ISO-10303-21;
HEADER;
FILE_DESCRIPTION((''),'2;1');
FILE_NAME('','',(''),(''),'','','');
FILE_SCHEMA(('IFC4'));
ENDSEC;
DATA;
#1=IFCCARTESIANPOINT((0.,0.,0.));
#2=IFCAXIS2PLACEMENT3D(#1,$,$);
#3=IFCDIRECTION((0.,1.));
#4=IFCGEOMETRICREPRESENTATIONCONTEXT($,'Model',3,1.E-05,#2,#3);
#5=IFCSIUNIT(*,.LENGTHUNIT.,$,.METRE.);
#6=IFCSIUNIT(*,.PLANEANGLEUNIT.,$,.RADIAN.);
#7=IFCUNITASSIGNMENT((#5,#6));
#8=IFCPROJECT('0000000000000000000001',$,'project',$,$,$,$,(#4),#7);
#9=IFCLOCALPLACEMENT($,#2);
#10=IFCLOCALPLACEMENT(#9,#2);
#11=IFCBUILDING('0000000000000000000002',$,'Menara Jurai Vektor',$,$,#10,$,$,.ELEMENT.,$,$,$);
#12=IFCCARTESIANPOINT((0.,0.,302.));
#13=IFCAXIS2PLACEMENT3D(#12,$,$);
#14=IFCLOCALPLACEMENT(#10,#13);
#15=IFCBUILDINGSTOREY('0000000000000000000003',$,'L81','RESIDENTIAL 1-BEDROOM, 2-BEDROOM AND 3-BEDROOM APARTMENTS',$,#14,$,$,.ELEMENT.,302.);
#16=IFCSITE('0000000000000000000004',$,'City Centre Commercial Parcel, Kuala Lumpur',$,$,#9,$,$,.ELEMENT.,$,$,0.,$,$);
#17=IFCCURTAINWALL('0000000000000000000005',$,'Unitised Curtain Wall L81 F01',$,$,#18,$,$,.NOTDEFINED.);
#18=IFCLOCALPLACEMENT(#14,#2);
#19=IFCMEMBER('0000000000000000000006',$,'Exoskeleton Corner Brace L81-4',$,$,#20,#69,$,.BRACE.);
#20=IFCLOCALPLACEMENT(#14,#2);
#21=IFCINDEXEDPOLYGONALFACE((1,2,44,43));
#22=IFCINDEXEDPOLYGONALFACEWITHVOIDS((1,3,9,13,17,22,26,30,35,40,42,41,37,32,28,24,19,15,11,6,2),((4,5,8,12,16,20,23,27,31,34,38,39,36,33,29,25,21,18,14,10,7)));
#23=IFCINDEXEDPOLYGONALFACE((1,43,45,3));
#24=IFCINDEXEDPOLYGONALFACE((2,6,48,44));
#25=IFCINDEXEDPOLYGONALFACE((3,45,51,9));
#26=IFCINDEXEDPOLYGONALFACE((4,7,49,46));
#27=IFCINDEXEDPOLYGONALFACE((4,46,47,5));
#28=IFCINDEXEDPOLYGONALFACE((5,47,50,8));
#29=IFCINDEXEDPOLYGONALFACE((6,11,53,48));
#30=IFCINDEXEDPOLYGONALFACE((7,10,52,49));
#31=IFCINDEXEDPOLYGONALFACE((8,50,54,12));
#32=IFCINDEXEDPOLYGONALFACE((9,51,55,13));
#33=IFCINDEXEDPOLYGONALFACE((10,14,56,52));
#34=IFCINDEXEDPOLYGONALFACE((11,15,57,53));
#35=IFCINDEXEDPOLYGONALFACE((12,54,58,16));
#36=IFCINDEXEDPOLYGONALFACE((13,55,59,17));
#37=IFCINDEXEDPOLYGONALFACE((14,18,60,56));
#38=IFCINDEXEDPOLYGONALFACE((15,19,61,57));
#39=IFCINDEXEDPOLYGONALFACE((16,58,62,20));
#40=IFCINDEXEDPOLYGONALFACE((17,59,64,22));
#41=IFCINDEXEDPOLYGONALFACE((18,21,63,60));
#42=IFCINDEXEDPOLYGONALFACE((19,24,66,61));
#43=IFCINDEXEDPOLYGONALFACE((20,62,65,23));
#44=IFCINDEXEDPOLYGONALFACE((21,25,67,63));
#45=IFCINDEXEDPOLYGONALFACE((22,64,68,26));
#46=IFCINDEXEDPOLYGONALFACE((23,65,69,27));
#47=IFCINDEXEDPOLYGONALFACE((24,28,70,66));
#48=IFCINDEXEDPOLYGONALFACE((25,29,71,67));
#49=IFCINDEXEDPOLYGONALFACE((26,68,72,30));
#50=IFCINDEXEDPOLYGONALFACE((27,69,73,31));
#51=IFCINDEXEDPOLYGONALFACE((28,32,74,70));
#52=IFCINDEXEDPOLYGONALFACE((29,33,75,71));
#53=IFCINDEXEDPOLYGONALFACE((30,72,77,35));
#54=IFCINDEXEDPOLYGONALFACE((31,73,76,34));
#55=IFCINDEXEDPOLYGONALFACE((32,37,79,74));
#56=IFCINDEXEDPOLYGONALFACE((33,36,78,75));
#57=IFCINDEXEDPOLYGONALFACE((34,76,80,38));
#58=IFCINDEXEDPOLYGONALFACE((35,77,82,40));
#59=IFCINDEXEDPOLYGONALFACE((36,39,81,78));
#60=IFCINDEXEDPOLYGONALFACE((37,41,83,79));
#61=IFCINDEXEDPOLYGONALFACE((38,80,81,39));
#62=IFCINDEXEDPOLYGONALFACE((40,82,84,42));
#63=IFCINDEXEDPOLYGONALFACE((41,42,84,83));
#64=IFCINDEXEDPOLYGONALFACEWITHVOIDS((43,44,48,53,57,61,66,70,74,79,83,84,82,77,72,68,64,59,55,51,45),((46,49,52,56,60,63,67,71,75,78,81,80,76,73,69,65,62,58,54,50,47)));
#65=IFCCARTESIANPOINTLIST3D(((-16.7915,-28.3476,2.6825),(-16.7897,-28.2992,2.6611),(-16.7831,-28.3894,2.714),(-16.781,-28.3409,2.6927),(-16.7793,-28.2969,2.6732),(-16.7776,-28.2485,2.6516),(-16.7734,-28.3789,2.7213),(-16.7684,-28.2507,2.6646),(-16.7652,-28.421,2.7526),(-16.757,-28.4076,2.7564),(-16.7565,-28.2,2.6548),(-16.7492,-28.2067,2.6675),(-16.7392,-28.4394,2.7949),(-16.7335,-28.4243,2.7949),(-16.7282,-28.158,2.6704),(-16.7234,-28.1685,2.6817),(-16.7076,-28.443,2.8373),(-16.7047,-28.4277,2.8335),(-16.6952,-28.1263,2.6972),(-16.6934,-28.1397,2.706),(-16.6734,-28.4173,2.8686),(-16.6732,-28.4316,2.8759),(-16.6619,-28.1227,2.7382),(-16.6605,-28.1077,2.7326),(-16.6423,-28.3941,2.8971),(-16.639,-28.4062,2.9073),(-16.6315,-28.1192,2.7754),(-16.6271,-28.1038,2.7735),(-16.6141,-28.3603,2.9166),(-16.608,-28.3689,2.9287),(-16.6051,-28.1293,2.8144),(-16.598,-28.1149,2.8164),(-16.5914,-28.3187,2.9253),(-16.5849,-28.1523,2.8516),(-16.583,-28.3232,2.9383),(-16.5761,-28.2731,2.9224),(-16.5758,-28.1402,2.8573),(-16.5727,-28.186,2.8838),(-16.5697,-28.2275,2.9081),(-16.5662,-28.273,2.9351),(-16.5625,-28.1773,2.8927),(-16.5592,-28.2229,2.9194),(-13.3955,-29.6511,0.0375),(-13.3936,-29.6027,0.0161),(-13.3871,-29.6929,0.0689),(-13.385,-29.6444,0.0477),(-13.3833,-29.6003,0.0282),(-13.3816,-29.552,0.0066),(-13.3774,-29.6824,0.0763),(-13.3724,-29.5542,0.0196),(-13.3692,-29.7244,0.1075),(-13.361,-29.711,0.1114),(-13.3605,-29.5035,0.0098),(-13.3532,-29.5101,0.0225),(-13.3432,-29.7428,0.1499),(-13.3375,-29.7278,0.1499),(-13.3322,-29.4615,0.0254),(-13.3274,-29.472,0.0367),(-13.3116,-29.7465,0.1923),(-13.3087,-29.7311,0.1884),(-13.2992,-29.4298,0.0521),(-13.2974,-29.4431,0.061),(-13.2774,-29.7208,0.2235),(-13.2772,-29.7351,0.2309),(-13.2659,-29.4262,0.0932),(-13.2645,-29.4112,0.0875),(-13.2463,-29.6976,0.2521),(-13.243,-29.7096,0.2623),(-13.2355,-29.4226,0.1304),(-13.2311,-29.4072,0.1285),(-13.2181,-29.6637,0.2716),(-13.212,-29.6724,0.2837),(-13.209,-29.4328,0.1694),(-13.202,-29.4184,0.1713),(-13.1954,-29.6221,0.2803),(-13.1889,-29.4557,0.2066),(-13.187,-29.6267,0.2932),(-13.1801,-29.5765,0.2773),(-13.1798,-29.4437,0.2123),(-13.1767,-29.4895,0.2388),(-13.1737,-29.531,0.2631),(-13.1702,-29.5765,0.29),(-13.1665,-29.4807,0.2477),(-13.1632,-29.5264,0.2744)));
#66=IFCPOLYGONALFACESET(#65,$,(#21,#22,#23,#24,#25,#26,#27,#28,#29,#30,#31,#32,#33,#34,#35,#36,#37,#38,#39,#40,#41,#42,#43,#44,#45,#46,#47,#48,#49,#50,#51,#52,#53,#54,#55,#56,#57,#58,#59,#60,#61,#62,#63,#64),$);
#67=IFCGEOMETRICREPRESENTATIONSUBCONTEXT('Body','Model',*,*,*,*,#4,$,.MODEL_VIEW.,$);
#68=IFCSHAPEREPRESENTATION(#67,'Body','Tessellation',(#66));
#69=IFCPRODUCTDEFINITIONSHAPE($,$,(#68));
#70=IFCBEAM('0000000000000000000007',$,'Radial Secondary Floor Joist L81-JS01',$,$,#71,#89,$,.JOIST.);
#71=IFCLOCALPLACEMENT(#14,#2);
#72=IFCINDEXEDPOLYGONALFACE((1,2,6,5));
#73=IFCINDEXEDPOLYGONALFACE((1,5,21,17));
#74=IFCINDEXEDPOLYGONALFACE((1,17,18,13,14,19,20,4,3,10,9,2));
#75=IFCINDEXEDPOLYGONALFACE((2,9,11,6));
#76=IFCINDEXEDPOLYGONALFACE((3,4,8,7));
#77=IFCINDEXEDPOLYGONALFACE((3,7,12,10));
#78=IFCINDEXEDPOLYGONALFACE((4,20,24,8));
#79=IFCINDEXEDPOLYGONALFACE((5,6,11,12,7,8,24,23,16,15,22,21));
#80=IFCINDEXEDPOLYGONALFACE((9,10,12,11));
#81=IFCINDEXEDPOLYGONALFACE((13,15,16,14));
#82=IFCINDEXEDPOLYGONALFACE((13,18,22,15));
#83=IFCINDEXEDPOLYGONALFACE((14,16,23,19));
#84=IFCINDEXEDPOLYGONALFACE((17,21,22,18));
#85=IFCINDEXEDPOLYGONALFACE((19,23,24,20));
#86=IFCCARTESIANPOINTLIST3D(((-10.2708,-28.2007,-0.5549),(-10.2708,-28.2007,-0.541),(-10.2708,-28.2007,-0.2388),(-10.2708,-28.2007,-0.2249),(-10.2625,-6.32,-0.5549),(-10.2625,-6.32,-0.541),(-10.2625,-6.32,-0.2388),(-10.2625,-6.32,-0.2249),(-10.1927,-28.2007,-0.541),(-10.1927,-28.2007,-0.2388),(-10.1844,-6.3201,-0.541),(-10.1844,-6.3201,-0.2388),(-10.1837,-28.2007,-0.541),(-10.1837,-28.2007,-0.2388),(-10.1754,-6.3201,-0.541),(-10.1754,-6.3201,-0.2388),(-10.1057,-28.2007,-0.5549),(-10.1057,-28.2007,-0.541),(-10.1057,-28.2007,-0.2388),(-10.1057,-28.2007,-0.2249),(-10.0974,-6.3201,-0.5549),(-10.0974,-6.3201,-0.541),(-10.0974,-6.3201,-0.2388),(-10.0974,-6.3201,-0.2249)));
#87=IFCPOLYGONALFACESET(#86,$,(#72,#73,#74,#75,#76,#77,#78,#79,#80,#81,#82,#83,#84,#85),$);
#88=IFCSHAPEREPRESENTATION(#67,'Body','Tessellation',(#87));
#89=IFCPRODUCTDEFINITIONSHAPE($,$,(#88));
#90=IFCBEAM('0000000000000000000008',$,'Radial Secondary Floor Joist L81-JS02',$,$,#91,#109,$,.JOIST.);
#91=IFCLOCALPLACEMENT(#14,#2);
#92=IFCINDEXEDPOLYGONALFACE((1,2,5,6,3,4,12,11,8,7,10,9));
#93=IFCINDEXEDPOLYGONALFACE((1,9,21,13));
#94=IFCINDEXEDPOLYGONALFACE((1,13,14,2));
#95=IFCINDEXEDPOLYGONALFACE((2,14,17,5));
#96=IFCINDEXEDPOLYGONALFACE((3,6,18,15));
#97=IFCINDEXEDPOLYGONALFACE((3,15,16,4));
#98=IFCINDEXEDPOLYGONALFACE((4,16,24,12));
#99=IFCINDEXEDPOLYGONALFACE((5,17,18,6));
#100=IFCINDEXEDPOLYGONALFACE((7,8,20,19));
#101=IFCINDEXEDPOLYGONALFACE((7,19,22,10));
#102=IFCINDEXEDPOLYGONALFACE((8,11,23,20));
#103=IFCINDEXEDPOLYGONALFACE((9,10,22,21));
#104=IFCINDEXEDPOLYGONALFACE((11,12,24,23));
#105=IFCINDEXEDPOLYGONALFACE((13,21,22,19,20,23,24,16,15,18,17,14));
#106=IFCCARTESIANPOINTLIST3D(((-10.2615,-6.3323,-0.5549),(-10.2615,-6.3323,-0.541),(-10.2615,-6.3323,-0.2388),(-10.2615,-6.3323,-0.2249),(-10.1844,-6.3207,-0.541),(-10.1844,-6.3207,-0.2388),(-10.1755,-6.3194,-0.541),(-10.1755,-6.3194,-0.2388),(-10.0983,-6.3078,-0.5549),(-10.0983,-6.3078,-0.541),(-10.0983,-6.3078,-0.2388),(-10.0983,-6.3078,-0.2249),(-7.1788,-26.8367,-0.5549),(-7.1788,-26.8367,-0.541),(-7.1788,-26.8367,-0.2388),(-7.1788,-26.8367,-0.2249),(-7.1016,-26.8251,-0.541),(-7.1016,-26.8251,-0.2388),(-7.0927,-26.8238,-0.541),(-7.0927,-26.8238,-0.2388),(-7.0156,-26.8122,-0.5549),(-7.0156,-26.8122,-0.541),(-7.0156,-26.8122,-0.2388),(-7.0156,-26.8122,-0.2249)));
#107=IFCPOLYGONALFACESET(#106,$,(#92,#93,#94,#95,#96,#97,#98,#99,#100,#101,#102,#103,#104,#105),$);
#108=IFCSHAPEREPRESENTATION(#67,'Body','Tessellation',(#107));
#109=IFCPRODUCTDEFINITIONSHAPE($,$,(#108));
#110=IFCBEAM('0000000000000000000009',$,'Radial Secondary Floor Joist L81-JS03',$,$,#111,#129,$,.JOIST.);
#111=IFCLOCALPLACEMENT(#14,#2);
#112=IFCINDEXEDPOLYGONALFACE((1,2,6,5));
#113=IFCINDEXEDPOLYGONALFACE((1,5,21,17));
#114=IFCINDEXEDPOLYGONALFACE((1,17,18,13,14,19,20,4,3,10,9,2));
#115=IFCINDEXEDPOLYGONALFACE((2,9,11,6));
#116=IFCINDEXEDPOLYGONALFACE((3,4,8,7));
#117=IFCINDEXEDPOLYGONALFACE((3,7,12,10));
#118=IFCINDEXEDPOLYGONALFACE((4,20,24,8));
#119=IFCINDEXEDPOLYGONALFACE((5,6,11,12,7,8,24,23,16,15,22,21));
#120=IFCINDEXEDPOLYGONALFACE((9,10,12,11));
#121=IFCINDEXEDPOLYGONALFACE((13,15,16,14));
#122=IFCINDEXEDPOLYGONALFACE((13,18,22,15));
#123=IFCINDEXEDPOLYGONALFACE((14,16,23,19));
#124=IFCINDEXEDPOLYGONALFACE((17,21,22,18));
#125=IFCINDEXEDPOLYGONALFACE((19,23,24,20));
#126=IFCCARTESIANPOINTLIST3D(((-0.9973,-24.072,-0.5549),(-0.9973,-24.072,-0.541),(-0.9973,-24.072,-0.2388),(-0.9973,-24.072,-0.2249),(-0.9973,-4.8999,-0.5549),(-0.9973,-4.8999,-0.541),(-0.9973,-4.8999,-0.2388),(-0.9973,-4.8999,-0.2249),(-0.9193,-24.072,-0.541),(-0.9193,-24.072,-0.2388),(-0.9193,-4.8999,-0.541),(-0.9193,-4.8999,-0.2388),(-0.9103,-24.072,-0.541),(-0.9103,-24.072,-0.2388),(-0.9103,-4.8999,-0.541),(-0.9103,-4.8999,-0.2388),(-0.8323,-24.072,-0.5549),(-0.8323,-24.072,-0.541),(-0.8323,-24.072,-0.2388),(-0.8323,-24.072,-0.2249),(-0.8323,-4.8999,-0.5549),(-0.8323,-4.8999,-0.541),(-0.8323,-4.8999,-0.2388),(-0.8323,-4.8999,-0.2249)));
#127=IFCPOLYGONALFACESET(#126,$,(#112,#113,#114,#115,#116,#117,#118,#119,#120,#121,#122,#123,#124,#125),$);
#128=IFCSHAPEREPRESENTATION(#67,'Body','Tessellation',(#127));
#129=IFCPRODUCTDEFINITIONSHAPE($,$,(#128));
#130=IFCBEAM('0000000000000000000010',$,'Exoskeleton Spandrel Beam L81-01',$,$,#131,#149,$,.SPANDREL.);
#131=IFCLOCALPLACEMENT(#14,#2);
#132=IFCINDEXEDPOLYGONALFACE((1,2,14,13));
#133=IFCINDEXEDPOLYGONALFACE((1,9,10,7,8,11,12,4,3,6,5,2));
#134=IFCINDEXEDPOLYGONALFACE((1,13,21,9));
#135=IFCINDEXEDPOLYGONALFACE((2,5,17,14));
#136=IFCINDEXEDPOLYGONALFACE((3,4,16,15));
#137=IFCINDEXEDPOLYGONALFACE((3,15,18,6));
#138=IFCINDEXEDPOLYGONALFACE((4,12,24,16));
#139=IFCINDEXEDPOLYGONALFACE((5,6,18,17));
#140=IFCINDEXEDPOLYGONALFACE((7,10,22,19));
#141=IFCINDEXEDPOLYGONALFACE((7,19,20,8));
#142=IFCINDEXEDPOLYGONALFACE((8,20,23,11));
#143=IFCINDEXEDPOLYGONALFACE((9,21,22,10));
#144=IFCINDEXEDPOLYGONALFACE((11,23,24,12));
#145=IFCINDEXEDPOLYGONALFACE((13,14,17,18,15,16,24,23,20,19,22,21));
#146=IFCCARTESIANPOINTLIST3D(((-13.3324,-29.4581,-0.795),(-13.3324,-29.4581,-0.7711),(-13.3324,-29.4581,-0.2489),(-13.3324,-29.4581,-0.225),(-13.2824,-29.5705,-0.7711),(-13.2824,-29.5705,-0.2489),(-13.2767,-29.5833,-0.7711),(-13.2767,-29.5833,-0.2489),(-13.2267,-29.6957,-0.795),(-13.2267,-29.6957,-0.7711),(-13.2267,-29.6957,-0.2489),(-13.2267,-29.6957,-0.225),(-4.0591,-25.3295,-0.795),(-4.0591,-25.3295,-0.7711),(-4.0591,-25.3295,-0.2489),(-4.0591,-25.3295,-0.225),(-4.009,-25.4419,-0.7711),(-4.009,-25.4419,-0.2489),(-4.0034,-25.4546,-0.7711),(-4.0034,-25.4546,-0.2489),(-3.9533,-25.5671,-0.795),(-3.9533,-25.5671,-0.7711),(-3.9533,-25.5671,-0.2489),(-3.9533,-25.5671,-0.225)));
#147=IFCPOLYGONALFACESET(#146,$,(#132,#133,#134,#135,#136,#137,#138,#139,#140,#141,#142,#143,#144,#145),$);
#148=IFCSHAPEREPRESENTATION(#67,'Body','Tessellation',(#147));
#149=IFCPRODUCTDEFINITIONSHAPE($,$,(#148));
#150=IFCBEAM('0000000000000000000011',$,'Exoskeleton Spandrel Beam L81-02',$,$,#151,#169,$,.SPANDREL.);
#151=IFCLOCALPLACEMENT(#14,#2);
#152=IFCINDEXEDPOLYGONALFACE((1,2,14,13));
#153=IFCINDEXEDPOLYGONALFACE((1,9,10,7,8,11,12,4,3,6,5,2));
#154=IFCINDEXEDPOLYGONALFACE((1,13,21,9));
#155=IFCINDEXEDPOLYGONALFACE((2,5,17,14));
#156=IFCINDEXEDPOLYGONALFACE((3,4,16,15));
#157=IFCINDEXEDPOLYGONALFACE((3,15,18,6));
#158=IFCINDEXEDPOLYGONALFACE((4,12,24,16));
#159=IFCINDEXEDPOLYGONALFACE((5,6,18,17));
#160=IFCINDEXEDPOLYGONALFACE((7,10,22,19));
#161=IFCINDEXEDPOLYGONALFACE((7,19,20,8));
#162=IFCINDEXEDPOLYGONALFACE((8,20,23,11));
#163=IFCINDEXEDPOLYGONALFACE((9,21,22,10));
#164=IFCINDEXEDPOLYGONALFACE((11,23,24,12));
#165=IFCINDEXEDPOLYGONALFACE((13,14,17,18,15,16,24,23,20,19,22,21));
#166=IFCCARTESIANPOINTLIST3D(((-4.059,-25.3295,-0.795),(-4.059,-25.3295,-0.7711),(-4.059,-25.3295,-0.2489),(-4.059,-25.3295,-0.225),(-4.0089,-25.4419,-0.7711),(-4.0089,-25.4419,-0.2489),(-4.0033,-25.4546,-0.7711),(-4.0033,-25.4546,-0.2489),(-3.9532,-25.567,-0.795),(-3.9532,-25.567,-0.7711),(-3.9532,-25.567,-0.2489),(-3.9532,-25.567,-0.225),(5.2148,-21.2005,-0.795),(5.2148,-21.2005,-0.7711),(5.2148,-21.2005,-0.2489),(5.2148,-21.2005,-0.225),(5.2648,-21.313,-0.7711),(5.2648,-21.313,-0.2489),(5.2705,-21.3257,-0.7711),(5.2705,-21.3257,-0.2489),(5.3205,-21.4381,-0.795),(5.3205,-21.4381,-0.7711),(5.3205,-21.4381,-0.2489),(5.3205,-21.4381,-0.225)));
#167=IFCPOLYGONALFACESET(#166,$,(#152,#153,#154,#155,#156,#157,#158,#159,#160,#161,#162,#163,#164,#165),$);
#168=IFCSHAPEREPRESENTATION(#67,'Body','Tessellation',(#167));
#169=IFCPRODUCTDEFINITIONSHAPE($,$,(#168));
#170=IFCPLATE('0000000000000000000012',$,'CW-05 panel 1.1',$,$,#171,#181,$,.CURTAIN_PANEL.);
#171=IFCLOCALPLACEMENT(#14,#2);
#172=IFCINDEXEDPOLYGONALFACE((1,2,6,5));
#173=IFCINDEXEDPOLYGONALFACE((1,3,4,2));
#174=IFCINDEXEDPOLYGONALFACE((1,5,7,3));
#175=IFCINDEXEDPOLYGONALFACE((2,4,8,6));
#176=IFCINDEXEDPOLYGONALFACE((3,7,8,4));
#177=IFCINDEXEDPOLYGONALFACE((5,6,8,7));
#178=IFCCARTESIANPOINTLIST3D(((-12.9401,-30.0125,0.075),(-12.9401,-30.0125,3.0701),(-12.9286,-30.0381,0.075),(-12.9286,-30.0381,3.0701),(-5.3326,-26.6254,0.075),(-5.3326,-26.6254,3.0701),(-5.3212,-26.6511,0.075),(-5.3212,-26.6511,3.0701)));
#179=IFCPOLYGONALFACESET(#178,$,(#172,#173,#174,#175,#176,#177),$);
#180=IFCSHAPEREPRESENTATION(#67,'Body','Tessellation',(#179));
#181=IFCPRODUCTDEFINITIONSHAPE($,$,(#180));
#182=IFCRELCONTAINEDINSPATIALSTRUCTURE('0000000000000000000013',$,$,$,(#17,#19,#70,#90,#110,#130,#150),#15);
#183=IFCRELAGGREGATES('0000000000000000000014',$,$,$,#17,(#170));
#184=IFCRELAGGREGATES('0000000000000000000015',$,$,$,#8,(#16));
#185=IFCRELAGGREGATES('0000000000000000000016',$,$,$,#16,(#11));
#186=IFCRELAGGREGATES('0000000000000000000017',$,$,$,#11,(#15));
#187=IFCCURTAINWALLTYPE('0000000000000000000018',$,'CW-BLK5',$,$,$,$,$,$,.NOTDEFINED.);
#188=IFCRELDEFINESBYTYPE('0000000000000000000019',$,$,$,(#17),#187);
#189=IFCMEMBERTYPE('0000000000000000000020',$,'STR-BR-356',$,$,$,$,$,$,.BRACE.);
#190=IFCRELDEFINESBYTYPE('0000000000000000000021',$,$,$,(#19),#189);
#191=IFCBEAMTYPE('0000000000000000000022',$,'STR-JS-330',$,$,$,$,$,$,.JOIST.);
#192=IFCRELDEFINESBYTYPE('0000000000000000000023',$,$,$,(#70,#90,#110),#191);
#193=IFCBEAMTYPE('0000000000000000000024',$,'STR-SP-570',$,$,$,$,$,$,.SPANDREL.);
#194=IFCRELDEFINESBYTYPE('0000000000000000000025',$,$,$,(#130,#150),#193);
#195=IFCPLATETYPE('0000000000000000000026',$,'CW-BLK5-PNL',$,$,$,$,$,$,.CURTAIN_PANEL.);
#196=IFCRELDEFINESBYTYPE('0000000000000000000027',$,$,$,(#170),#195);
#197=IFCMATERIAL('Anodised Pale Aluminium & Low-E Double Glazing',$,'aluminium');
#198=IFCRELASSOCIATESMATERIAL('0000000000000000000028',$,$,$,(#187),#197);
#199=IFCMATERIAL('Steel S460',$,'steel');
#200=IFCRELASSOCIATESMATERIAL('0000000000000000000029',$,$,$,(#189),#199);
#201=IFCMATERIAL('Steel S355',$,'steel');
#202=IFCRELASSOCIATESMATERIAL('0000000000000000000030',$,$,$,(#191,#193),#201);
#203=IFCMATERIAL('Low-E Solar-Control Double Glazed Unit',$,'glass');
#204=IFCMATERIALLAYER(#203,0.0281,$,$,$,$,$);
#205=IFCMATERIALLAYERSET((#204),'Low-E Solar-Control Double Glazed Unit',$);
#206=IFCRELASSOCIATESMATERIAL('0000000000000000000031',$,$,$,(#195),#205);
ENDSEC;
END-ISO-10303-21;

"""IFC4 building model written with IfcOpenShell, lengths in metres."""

from ifc_helpers import new_model, si_unit, direction, frame, origin, origin_2d, place, context, subcontext, project, spatial, rectangle, hollow_circle, i_section, extrude, material, layer, layer_set, material_profile, profile_set, type_object, element, aggregate, save


model = new_model("IFC4")

# Units and contexts
model_context = context("Model", 3, precision=1e-05, world=origin(), true_north=direction((0.0, 1.0)))
body_context = subcontext(model_context, "Body", "Model", "MODEL_VIEW")
ifc_project = project(units=[si_unit("LENGTHUNIT", "METRE"), si_unit("PLANEANGLEUNIT", "RADIAN")], contexts=[model_context])

# Site, building, storey
site_placement = place(None, origin())
site = spatial("IfcSite", under=ifc_project, at=site_placement, Name="City Centre Commercial Parcel, Kuala Lumpur", CompositionType="ELEMENT", RefElevation=0.0)
building_placement = place(site_placement, origin())
building = spatial("IfcBuilding", under=site, at=building_placement, Name="Menara Jurai Vektor", CompositionType="ELEMENT")
storey_placement = place(building_placement, frame((0.0, 0.0, 302.0)))
storey = spatial("IfcBuildingStorey", under=building, at=storey_placement, Name="L81", Description="RESIDENTIAL 1-BEDROOM, 2-BEDROOM AND 3-BEDROOM APARTMENTS", CompositionType="ELEMENT", Elevation=302.0)

# Shared definitions
ifc_material_1 = material(Name="Steel S460", Category="steel")

# Curtain wall
ifc_material_2 = material(Name="Anodised Pale Aluminium & Low-E Double Glazing", Category="aluminium")
curtain_wall_type = type_object("IfcCurtainWallType", Name="CW-BLK5", PredefinedType="NOTDEFINED", material=ifc_material_2)
curtain_wall_placement = place(storey_placement, origin())
curtain_wall = element("IfcCurtainWall", 1, at=curtain_wall_placement, inside=storey, type_object=curtain_wall_type, Name="Unitised Curtain Wall L81 F01", PredefinedType="NOTDEFINED")

# Shared definitions
ifc_material_3 = material(Name="Steel S355", Category="steel")

# Member
ifc_material_profile_1 = material_profile(ifc_material_1, hollow_circle(Radius=0.1777, WallThickness=0.0161, at=origin_2d()), Name="CHS 355.6x16")
ifc_profile_set_1 = profile_set([ifc_material_profile_1], Name="Steel S460")
member_type_1 = type_object("IfcMemberType", Name="STR-BR-356", PredefinedType="BRACE", material=ifc_profile_set_1)
member_1_placement = place(storey_placement, frame((-13.2795, -29.5769, 0.1499), z_axis=(-0.755077, 0.289817, 0.588102), x_axis=(-0.358336, -0.933593, 0.0)))
element("IfcMember", 2, at=member_1_placement, inside=storey, type_object=member_type_1, Name="Exoskeleton Corner Brace L81-4", PredefinedType="BRACE", context=body_context, shape_type="SweptSolid", body=[
    extrude(hollow_circle(Radius=0.1777, WallThickness=0.0161, at=origin_2d()), origin(), (0.0, 0.0, 1.0), 4.4976),
])

# Beams
ifc_material_profile_2 = material_profile(ifc_material_3, i_section(OverallWidth=0.165, OverallDepth=0.3301, WebThickness=0.009, FlangeThickness=0.0139, at=origin_2d()), Name="PG 330x165x46")
ifc_profile_set_2 = profile_set([ifc_material_profile_2], Name="Steel S355")
beam_type_1 = type_object("IfcBeamType", Name="STR-JS-330", PredefinedType="JOIST", material=ifc_profile_set_2)
beam_1_placement = place(storey_placement, frame((-10.1882, -28.2007, -0.3899), z_axis=(0.000379, 1.0, 0.0), x_axis=(-1.0, 0.000379, 0.0)))
element("IfcBeam", 3, at=beam_1_placement, inside=storey, type_object=beam_type_1, Name="Radial Secondary Floor Joist L81-JS01", PredefinedType="JOIST", context=body_context, shape_type="SweptSolid", body=[
    extrude(i_section(OverallWidth=0.165, OverallDepth=0.3301, WebThickness=0.009, FlangeThickness=0.0139, at=origin_2d()), origin(), (0.0, 0.0, 1.0), 21.8806),
])
beam_2_placement = place(storey_placement, frame((-7.0972, -26.8245, -0.3899), z_axis=(-0.148676, 0.988886, 0.0), x_axis=(-0.988886, -0.148676, 0.0)))
element("IfcBeam", 4, at=beam_2_placement, inside=storey, type_object=beam_type_1, Name="Radial Secondary Floor Joist L81-JS02", PredefinedType="JOIST", context=body_context, shape_type="SweptSolid", body=[
    extrude(i_section(OverallWidth=0.165, OverallDepth=0.3301, WebThickness=0.009, FlangeThickness=0.0139, at=origin_2d()), origin(), (0.0, 0.0, 1.0), 20.7349),
])
beam_3_placement = place(storey_placement, frame((-0.9148, -24.072, -0.3899), z_axis=(0.0, 1.0, 0.0), x_axis=(-1.0, 0.0, 0.0)))
element("IfcBeam", 5, at=beam_3_placement, inside=storey, type_object=beam_type_1, Name="Radial Secondary Floor Joist L81-JS03", PredefinedType="JOIST", context=body_context, shape_type="SweptSolid", body=[
    extrude(i_section(OverallWidth=0.165, OverallDepth=0.3301, WebThickness=0.009, FlangeThickness=0.0139, at=origin_2d()), origin(), (0.0, 0.0, 1.0), 19.1721),
])
ifc_material_profile_3 = material_profile(ifc_material_3, i_section(OverallWidth=0.26, OverallDepth=0.5701, WebThickness=0.0139, FlangeThickness=0.0239, at=origin_2d()), Name="PG 570x260x145")
ifc_profile_set_3 = profile_set([ifc_material_profile_3], Name="Steel S355")
beam_type_2 = type_object("IfcBeamType", Name="STR-SP-570", PredefinedType="SPANDREL", material=ifc_profile_set_3)
beam_4_placement = place(storey_placement, frame((-13.2795, -29.5769, -0.51), z_axis=(0.913551, 0.406725, 0.0), x_axis=(-0.406725, 0.913551, 0.0)))
element("IfcBeam", 6, at=beam_4_placement, inside=storey, type_object=beam_type_2, Name="Exoskeleton Spandrel Beam L81-01", PredefinedType="SPANDREL", context=body_context, shape_type="SweptSolid", body=[
    extrude(i_section(OverallWidth=0.26, OverallDepth=0.5701, WebThickness=0.0139, FlangeThickness=0.0239, at=origin_2d()), origin(), (0.0, 0.0, 1.0), 10.1509),
])
beam_5_placement = place(storey_placement, frame((-4.0061, -25.4482, -0.51), z_axis=(0.913546, 0.406736, 0.0), x_axis=(-0.406736, 0.913546, 0.0)))
element("IfcBeam", 7, at=beam_5_placement, inside=storey, type_object=beam_type_2, Name="Exoskeleton Spandrel Beam L81-02", PredefinedType="SPANDREL", context=body_context, shape_type="SweptSolid", body=[
    extrude(i_section(OverallWidth=0.26, OverallDepth=0.5701, WebThickness=0.0139, FlangeThickness=0.0239, at=origin_2d()), origin(), (0.0, 0.0, 1.0), 10.1514),
])

# Plate
ifc_material_4 = material(Name="Low-E Solar-Control Double Glazed Unit", Category="glass")
ifc_layer_1 = layer(ifc_material_4, 0.0281)
ifc_layer_set_1 = layer_set([ifc_layer_1], Name="Low-E Solar-Control Double Glazed Unit")
plate_type_1 = type_object("IfcPlateType", Name="CW-BLK5-PNL", PredefinedType="CURTAIN_PANEL", material=ifc_layer_set_1)
plate_1_placement = place(storey_placement, frame((-9.1306, -28.3318, 0.075), z_axis=(0.0, 0.0, 1.0), x_axis=(0.913546, 0.406735, 0.0)))
plate_1 = element("IfcPlate", 8, at=plate_1_placement, type_object=plate_type_1, Name="CW-05 panel 1.1", PredefinedType="CURTAIN_PANEL", context=body_context, shape_type="SweptSolid", body=[
    extrude(rectangle(XDim=8.3274, YDim=0.0281, at=origin_2d()), origin(), (0.0, 0.0, 1.0), 2.9951),
])
aggregate(curtain_wall, [plate_1])

save(model, "model.ifc")
